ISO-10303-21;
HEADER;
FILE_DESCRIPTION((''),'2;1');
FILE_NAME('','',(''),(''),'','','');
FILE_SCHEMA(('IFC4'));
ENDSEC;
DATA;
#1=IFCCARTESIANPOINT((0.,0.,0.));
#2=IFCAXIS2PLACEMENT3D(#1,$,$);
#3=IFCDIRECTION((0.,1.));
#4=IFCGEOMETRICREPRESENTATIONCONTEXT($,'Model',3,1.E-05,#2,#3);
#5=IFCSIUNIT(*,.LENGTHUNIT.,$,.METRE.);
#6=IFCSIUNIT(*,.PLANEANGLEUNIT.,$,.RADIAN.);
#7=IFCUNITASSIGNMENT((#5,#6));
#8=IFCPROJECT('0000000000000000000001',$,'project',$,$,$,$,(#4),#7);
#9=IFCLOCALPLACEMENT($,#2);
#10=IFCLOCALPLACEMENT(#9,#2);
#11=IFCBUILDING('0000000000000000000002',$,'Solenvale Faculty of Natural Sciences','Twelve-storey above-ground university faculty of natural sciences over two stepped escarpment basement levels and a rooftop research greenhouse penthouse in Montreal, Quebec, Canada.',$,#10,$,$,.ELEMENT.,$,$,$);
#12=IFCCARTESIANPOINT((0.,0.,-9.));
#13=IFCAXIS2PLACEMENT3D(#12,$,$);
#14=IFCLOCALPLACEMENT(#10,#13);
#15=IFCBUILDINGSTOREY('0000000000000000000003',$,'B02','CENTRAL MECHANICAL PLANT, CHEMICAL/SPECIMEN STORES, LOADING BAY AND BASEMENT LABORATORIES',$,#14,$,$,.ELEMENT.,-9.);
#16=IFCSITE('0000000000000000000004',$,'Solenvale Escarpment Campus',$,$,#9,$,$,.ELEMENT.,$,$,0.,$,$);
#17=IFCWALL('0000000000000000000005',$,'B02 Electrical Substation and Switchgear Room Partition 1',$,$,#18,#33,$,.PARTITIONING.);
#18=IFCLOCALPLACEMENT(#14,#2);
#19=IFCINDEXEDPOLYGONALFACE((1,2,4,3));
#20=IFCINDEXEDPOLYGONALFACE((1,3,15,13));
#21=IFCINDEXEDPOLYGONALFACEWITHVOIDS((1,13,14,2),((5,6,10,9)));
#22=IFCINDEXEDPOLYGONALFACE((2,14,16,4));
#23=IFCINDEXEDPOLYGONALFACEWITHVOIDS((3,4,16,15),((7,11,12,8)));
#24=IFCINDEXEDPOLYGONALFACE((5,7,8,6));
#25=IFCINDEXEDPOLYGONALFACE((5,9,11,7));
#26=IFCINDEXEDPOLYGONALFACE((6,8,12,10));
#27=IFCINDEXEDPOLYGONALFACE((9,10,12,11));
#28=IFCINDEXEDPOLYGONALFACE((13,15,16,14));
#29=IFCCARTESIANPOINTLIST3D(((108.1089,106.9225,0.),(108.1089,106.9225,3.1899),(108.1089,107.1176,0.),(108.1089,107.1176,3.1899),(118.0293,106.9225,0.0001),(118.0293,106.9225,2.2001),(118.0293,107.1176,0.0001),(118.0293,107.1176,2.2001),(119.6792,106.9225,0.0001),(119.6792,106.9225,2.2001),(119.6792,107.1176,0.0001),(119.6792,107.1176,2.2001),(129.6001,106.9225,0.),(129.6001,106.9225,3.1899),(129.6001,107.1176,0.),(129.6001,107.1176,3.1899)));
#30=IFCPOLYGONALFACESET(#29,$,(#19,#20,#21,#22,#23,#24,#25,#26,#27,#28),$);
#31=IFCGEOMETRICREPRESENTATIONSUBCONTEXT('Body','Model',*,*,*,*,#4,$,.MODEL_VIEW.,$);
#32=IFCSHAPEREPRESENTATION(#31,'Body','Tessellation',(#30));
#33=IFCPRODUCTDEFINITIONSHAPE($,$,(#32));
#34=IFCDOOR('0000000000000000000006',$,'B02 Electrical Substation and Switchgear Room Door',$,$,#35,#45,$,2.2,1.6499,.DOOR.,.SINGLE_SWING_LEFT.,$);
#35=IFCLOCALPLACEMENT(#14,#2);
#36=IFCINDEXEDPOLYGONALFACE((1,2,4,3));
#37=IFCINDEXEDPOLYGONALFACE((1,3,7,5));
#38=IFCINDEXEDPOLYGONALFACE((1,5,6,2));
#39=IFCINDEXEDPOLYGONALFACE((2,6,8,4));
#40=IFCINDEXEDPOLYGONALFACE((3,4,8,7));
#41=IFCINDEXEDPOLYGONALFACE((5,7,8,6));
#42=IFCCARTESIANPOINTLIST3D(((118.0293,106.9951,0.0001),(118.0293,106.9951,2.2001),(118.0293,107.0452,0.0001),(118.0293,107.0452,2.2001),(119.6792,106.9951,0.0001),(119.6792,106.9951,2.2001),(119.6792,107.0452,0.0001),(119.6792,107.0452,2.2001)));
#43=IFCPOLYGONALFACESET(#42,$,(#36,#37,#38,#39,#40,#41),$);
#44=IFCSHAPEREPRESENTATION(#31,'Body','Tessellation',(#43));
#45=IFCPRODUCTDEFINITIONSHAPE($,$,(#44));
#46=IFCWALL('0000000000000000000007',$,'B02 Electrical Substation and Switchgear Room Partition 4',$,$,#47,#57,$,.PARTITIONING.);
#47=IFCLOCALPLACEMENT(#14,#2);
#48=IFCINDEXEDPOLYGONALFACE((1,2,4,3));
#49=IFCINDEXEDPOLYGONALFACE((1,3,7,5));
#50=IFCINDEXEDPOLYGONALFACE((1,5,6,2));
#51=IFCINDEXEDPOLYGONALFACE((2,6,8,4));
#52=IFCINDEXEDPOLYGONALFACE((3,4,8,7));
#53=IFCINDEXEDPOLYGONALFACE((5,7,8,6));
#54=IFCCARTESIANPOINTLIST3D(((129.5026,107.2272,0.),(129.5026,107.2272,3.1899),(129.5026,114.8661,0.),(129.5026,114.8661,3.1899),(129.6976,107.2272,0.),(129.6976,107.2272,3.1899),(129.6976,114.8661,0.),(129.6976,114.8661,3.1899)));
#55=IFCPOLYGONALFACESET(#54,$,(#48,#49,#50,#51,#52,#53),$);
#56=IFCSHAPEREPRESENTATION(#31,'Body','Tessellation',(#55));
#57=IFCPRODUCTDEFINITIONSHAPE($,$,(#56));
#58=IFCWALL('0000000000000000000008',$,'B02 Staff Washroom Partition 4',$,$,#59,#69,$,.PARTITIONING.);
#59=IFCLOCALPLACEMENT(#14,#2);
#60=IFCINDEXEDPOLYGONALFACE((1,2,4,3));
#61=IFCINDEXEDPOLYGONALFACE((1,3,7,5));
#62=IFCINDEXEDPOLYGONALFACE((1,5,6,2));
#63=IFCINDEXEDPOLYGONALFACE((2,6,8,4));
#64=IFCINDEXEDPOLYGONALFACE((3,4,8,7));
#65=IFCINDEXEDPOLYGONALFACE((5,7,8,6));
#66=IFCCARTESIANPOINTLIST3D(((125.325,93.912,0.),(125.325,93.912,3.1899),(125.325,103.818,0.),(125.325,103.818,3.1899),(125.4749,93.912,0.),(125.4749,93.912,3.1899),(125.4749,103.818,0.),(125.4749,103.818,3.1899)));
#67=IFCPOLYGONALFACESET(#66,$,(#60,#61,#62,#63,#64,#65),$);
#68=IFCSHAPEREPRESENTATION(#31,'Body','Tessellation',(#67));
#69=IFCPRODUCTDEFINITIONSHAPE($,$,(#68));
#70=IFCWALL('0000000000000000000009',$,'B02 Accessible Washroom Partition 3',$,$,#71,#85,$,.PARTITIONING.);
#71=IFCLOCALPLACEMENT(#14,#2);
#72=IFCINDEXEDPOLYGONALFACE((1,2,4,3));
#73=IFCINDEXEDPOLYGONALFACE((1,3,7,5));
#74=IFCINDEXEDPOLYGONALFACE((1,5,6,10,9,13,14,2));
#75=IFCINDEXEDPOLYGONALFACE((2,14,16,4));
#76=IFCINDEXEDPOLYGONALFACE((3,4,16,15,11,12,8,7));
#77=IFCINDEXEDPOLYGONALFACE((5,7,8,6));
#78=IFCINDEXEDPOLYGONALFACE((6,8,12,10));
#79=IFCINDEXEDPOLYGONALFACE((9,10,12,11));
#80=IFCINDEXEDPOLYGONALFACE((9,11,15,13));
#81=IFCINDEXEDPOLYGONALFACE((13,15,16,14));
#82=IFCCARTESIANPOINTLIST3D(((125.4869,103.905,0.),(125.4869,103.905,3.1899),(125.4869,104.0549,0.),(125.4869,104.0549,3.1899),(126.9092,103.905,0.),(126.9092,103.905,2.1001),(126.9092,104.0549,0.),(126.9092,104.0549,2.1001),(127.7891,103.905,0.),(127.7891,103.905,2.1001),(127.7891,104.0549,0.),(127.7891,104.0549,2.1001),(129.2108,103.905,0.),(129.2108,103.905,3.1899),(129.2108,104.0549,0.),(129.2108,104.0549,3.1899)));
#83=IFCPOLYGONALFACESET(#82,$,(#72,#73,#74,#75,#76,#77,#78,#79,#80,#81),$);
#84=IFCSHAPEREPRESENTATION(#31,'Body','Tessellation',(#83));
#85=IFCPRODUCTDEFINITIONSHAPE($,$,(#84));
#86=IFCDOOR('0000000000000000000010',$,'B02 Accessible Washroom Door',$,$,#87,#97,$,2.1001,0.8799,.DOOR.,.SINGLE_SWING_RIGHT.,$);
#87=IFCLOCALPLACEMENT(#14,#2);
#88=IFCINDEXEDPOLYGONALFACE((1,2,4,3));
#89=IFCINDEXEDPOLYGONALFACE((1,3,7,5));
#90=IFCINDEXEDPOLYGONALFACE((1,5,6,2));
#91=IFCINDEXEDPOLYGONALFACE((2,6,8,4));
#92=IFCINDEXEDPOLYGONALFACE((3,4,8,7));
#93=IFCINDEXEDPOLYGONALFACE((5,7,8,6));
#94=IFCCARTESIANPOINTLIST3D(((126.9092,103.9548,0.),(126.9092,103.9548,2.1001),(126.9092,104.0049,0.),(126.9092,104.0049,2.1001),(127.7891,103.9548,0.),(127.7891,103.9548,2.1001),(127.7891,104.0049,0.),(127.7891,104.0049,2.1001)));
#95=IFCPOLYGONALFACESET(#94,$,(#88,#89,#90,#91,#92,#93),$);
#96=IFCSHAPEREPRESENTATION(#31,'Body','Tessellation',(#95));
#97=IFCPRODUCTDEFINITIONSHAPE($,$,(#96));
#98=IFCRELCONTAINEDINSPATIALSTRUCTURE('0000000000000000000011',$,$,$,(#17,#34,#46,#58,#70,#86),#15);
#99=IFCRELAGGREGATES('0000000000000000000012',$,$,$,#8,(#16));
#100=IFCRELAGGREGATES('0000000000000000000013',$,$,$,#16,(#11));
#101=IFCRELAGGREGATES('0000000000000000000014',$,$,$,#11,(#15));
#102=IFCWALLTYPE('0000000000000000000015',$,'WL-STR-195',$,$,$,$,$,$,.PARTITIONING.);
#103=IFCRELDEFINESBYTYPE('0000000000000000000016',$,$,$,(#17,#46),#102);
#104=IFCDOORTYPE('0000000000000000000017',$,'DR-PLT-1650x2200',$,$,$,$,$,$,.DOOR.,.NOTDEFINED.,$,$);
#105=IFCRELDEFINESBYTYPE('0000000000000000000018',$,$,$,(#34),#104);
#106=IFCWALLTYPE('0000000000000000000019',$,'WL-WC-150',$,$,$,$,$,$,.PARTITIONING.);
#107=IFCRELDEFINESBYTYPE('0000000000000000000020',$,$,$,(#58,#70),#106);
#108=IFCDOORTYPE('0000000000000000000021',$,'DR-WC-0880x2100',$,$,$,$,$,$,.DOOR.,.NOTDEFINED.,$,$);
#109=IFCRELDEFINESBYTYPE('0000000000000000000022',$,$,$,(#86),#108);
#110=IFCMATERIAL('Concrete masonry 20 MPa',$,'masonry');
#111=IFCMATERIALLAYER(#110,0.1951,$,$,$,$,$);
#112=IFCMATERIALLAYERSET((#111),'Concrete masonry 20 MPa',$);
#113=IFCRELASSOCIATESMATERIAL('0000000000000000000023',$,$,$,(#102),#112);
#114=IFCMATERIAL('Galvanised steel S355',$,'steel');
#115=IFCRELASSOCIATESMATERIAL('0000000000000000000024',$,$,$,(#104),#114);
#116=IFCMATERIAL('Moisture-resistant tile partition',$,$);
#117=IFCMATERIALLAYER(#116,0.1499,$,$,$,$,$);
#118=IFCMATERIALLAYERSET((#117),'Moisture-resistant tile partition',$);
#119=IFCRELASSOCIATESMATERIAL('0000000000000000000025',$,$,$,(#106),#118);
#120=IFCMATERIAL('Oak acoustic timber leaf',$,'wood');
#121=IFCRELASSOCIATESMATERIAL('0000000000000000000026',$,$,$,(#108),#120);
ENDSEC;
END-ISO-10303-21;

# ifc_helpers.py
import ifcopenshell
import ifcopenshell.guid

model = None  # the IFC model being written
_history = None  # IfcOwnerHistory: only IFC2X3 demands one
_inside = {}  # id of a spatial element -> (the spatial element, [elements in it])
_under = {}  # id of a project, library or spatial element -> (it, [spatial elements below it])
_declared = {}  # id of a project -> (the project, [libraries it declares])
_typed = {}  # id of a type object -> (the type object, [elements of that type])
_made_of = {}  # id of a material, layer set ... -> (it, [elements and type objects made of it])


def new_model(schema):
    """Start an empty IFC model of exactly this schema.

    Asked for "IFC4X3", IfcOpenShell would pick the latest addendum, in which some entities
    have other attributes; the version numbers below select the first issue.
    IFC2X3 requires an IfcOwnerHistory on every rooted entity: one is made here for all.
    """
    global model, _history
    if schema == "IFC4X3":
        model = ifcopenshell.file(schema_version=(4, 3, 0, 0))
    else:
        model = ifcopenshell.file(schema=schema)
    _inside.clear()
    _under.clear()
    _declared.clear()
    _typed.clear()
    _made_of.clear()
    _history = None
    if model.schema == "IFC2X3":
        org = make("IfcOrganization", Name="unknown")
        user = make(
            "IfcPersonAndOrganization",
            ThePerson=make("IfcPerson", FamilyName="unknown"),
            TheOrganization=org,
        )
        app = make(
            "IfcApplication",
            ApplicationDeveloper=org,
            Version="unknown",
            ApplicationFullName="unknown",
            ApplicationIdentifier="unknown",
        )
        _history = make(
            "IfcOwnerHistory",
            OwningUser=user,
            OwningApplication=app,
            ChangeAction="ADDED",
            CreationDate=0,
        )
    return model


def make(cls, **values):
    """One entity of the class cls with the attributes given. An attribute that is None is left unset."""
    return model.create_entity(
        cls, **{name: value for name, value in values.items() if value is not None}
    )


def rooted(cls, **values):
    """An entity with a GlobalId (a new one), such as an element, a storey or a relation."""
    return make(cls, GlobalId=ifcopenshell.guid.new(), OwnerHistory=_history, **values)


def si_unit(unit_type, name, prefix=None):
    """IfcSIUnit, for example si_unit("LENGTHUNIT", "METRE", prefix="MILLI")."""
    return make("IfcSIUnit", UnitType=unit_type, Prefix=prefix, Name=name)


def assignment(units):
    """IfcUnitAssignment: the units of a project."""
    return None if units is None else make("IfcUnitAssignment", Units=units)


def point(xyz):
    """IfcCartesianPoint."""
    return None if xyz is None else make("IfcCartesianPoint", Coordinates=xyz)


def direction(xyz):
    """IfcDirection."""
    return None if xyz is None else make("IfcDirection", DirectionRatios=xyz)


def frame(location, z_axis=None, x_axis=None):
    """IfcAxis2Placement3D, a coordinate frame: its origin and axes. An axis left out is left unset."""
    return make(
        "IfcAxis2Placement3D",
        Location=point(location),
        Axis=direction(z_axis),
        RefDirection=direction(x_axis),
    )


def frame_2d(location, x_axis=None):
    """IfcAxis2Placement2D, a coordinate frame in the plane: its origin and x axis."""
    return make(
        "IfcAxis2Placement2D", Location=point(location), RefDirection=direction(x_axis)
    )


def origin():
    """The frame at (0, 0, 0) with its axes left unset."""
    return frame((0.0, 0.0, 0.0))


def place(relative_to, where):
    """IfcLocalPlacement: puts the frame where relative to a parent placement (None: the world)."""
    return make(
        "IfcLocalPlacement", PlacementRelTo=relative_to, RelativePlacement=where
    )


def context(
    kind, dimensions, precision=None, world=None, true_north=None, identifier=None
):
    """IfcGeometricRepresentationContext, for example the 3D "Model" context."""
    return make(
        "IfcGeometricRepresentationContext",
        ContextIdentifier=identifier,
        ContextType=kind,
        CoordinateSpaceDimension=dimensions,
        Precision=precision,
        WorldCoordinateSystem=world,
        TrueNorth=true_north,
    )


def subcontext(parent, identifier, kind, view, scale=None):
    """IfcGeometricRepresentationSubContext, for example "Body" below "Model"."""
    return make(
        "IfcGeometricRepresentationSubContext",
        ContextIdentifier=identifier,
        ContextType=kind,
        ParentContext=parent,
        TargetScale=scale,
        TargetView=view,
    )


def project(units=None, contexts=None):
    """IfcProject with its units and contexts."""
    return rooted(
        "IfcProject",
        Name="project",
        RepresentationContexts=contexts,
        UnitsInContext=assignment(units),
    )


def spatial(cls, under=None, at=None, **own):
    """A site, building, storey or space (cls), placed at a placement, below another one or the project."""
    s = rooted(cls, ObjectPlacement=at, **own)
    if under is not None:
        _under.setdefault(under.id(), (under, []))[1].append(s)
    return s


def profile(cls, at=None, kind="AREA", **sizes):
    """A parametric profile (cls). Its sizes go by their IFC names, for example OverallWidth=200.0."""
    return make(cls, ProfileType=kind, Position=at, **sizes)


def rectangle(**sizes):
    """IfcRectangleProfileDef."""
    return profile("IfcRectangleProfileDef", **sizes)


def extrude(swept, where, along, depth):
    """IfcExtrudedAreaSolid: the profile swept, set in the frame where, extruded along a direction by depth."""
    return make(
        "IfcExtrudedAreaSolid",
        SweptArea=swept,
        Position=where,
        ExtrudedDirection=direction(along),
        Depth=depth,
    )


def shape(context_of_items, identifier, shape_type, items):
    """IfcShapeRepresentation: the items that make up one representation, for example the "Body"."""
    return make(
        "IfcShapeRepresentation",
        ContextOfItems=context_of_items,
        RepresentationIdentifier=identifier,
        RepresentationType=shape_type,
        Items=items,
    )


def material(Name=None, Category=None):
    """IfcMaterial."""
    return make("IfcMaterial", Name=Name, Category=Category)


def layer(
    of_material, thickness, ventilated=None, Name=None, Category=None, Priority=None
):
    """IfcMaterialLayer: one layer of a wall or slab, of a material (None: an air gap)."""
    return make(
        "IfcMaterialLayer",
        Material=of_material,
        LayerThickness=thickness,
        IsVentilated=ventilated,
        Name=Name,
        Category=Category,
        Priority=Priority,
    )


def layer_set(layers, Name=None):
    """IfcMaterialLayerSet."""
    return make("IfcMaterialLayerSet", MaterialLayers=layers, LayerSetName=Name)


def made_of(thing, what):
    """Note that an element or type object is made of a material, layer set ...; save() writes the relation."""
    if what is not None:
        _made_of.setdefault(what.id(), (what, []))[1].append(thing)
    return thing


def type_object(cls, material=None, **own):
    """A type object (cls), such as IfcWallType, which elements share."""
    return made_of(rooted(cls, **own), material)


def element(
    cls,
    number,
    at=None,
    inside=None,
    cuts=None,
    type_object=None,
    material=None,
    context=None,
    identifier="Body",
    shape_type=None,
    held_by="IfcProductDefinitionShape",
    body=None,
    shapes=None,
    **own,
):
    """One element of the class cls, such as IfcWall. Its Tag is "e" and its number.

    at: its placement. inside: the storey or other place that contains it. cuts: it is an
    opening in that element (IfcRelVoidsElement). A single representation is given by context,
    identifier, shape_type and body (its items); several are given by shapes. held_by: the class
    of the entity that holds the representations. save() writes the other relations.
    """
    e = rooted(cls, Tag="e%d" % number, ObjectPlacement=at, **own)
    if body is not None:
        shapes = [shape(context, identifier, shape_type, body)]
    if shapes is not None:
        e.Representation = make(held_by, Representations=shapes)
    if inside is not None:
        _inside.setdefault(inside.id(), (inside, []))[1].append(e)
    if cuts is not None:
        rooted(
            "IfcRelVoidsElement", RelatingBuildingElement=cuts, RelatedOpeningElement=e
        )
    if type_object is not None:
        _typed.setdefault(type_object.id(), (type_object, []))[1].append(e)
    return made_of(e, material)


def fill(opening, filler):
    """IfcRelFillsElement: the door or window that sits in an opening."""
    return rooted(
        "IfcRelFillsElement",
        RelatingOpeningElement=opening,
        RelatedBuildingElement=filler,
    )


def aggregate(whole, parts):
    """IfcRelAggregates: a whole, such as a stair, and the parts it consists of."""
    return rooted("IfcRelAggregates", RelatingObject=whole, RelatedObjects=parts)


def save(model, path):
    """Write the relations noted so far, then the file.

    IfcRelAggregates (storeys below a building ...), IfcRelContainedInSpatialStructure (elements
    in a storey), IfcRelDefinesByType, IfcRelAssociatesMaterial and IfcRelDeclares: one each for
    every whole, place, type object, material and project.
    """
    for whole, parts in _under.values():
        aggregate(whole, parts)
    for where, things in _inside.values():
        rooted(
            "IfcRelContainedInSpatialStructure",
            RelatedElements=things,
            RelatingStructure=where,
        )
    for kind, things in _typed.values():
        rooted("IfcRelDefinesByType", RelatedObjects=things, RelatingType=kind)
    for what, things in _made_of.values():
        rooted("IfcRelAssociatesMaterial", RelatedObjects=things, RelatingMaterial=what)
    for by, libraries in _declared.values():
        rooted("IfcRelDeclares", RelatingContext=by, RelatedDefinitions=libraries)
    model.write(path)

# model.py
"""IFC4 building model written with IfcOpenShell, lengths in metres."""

from ifc_helpers import new_model, si_unit, direction, frame, frame_2d, origin, place, context, subcontext, project, spatial, rectangle, extrude, material, layer, layer_set, type_object, element, fill, save


model = new_model("IFC4")

# Units and contexts
model_context = context("Model", 3, precision=1e-05, world=origin(), true_north=direction((0.0, 1.0)))
body_context = subcontext(model_context, "Body", "Model", "MODEL_VIEW")
ifc_project = project(units=[si_unit("LENGTHUNIT", "METRE"), si_unit("PLANEANGLEUNIT", "RADIAN")], contexts=[model_context])

# Site, building, storey
site_placement = place(None, origin())
site = spatial("IfcSite", under=ifc_project, at=site_placement, Name="Solenvale Escarpment Campus", CompositionType="ELEMENT", RefElevation=0.0)
building_placement = place(site_placement, origin())
building = spatial("IfcBuilding", under=site, at=building_placement, Name="Solenvale Faculty of Natural Sciences", Description="Twelve-storey above-ground university faculty of natural sciences over two stepped escarpment basement levels and a rooftop research greenhouse penthouse in Montreal, Quebec, Canada.", CompositionType="ELEMENT")
storey_placement = place(building_placement, frame((0.0, 0.0, -9.0)))
storey = spatial("IfcBuildingStorey", under=building, at=storey_placement, Name="B02", Description="CENTRAL MECHANICAL PLANT, CHEMICAL/SPECIMEN STORES, LOADING BAY AND BASEMENT LABORATORIES", CompositionType="ELEMENT", Elevation=-9.0)

# Shared definitions
ifc_material_1 = material(Name="Galvanised steel S355", Category="steel")

# Wall, opening, door
ifc_material_2 = material(Name="Oak acoustic timber leaf", Category="wood")
ifc_material_3 = material(Name="Concrete masonry 20 MPa", Category="masonry")
ifc_layer_1 = layer(ifc_material_3, 0.1951)
ifc_layer_set_1 = layer_set([ifc_layer_1], Name="Concrete masonry 20 MPa")
wall_type_1 = type_object("IfcWallType", Name="WL-STR-195", PredefinedType="PARTITIONING", material=ifc_layer_set_1)
wall_1_placement = place(storey_placement, frame((129.6001, 107.02, 0.0), z_axis=(0.0, 0.0, 1.0), x_axis=(-1.0, 0.0, 0.0)))
wall_1 = element("IfcWall", 1, at=wall_1_placement, inside=storey, type_object=wall_type_1, Name="B02 Electrical Substation and Switchgear Room Partition 1", PredefinedType="PARTITIONING", context=body_context, shape_type="SweptSolid", body=[
    extrude(rectangle(XDim=21.4912, YDim=0.1951, at=frame_2d((10.7456, 0.0))), origin(), (0.0, 0.0, 1.0), 3.1899),
])
opening_1_placement = place(wall_1_placement, frame((9.9209, 0.0, 0.0)))
opening_1 = element("IfcOpeningElement", 2, at=opening_1_placement, cuts=wall_1, PredefinedType="OPENING", context=body_context, shape_type="SweptSolid", body=[
    extrude(rectangle(XDim=1.6499, YDim=2.2, at=frame_2d((0.825, 1.1001))), frame((0.0, 0.1074, 0.0), z_axis=(0.0, -1.0, 0.0), x_axis=(1.0, 0.0, 0.0)), (0.0, 0.0, 1.0), 0.2151),
])
door_type_1 = type_object("IfcDoorType", Name="DR-PLT-1650x2200", OperationType="NOTDEFINED", PredefinedType="DOOR", material=ifc_material_1)
door_1_placement = place(opening_1_placement, origin())
door_1 = element("IfcDoor", 3, at=door_1_placement, inside=storey, type_object=door_type_1, Name="B02 Electrical Substation and Switchgear Room Door", OperationType="SINGLE_SWING_LEFT", OverallHeight=2.2, OverallWidth=1.6499, PredefinedType="DOOR", context=body_context, shape_type="SweptSolid", body=[
    extrude(rectangle(XDim=1.6499, YDim=2.2, at=frame_2d((0.825, 1.1001))), frame((0.0, 0.0249, 0.0), z_axis=(0.0, -1.0, 0.0), x_axis=(1.0, 0.0, 0.0)), (0.0, 0.0, 1.0), 0.05),
])
fill(opening_1, door_1)

# Walls
wall_2_placement = place(storey_placement, frame((129.6001, 114.866, 0.0), z_axis=(0.0, 0.0, 1.0), x_axis=(0.0, -1.0, 0.0)))
element("IfcWall", 4, at=wall_2_placement, inside=storey, type_object=wall_type_1, Name="B02 Electrical Substation and Switchgear Room Partition 4", PredefinedType="PARTITIONING", context=body_context, shape_type="SweptSolid", body=[
    extrude(rectangle(XDim=7.6389, YDim=0.1951, at=frame_2d((3.8193, 0.0))), origin(), (0.0, 0.0, 1.0), 3.1899),
])
ifc_material_4 = material(Name="Moisture-resistant tile partition")
ifc_layer_2 = layer(ifc_material_4, 0.1499)
ifc_layer_set_2 = layer_set([ifc_layer_2], Name="Moisture-resistant tile partition")
wall_type_2 = type_object("IfcWallType", Name="WL-WC-150", PredefinedType="PARTITIONING", material=ifc_layer_set_2)
wall_3_placement = place(storey_placement, frame((125.3999, 103.8181, 0.0), z_axis=(0.0, 0.0, 1.0), x_axis=(0.0, -1.0, 0.0)))
element("IfcWall", 5, at=wall_3_placement, inside=storey, type_object=wall_type_2, Name="B02 Staff Washroom Partition 4", PredefinedType="PARTITIONING", context=body_context, shape_type="SweptSolid", body=[
    extrude(rectangle(XDim=9.906, YDim=0.1499, at=frame_2d((4.9531, 0.0))), origin(), (0.0, 0.0, 1.0), 3.1899),
])

# Wall, opening, door
wall_4_placement = place(storey_placement, frame((125.4871, 103.98, 0.0), z_axis=(0.0, 0.0, 1.0), x_axis=(1.0, 0.0, 0.0)))
wall_4 = element("IfcWall", 6, at=wall_4_placement, inside=storey, type_object=wall_type_2, Name="B02 Accessible Washroom Partition 3", PredefinedType="PARTITIONING", context=body_context, shape_type="SweptSolid", body=[
    extrude(rectangle(XDim=3.7239, YDim=0.1499, at=frame_2d((1.8618, 0.0))), origin(), (0.0, 0.0, 1.0), 3.1899),
])
opening_2_placement = place(wall_4_placement, frame((1.4221, 0.0, 0.0)))
opening_2 = element("IfcOpeningElement", 7, at=opening_2_placement, cuts=wall_4, PredefinedType="OPENING", context=body_context, shape_type="SweptSolid", body=[
    extrude(rectangle(XDim=0.8799, YDim=2.1001, at=frame_2d((0.4399, 1.05))), frame((0.0, 0.085, 0.0), z_axis=(0.0, -1.0, 0.0), x_axis=(1.0, 0.0, 0.0)), (0.0, 0.0, 1.0), 0.1699),
])
door_type_2 = type_object("IfcDoorType", Name="DR-WC-0880x2100", OperationType="NOTDEFINED", PredefinedType="DOOR", material=ifc_material_2)
door_2_placement = place(opening_2_placement, origin())
door_2 = element("IfcDoor", 8, at=door_2_placement, inside=storey, type_object=door_type_2, Name="B02 Accessible Washroom Door", OperationType="SINGLE_SWING_RIGHT", OverallHeight=2.1001, OverallWidth=0.8799, PredefinedType="DOOR", context=body_context, shape_type="SweptSolid", body=[
    extrude(rectangle(XDim=0.8799, YDim=2.1001, at=frame_2d((0.4399, 1.05))), frame((0.0, 0.0249, 0.0), z_axis=(0.0, -1.0, 0.0), x_axis=(1.0, 0.0, 0.0)), (0.0, 0.0, 1.0), 0.05),
])
fill(opening_2, door_2)

save(model, "model.ifc")
